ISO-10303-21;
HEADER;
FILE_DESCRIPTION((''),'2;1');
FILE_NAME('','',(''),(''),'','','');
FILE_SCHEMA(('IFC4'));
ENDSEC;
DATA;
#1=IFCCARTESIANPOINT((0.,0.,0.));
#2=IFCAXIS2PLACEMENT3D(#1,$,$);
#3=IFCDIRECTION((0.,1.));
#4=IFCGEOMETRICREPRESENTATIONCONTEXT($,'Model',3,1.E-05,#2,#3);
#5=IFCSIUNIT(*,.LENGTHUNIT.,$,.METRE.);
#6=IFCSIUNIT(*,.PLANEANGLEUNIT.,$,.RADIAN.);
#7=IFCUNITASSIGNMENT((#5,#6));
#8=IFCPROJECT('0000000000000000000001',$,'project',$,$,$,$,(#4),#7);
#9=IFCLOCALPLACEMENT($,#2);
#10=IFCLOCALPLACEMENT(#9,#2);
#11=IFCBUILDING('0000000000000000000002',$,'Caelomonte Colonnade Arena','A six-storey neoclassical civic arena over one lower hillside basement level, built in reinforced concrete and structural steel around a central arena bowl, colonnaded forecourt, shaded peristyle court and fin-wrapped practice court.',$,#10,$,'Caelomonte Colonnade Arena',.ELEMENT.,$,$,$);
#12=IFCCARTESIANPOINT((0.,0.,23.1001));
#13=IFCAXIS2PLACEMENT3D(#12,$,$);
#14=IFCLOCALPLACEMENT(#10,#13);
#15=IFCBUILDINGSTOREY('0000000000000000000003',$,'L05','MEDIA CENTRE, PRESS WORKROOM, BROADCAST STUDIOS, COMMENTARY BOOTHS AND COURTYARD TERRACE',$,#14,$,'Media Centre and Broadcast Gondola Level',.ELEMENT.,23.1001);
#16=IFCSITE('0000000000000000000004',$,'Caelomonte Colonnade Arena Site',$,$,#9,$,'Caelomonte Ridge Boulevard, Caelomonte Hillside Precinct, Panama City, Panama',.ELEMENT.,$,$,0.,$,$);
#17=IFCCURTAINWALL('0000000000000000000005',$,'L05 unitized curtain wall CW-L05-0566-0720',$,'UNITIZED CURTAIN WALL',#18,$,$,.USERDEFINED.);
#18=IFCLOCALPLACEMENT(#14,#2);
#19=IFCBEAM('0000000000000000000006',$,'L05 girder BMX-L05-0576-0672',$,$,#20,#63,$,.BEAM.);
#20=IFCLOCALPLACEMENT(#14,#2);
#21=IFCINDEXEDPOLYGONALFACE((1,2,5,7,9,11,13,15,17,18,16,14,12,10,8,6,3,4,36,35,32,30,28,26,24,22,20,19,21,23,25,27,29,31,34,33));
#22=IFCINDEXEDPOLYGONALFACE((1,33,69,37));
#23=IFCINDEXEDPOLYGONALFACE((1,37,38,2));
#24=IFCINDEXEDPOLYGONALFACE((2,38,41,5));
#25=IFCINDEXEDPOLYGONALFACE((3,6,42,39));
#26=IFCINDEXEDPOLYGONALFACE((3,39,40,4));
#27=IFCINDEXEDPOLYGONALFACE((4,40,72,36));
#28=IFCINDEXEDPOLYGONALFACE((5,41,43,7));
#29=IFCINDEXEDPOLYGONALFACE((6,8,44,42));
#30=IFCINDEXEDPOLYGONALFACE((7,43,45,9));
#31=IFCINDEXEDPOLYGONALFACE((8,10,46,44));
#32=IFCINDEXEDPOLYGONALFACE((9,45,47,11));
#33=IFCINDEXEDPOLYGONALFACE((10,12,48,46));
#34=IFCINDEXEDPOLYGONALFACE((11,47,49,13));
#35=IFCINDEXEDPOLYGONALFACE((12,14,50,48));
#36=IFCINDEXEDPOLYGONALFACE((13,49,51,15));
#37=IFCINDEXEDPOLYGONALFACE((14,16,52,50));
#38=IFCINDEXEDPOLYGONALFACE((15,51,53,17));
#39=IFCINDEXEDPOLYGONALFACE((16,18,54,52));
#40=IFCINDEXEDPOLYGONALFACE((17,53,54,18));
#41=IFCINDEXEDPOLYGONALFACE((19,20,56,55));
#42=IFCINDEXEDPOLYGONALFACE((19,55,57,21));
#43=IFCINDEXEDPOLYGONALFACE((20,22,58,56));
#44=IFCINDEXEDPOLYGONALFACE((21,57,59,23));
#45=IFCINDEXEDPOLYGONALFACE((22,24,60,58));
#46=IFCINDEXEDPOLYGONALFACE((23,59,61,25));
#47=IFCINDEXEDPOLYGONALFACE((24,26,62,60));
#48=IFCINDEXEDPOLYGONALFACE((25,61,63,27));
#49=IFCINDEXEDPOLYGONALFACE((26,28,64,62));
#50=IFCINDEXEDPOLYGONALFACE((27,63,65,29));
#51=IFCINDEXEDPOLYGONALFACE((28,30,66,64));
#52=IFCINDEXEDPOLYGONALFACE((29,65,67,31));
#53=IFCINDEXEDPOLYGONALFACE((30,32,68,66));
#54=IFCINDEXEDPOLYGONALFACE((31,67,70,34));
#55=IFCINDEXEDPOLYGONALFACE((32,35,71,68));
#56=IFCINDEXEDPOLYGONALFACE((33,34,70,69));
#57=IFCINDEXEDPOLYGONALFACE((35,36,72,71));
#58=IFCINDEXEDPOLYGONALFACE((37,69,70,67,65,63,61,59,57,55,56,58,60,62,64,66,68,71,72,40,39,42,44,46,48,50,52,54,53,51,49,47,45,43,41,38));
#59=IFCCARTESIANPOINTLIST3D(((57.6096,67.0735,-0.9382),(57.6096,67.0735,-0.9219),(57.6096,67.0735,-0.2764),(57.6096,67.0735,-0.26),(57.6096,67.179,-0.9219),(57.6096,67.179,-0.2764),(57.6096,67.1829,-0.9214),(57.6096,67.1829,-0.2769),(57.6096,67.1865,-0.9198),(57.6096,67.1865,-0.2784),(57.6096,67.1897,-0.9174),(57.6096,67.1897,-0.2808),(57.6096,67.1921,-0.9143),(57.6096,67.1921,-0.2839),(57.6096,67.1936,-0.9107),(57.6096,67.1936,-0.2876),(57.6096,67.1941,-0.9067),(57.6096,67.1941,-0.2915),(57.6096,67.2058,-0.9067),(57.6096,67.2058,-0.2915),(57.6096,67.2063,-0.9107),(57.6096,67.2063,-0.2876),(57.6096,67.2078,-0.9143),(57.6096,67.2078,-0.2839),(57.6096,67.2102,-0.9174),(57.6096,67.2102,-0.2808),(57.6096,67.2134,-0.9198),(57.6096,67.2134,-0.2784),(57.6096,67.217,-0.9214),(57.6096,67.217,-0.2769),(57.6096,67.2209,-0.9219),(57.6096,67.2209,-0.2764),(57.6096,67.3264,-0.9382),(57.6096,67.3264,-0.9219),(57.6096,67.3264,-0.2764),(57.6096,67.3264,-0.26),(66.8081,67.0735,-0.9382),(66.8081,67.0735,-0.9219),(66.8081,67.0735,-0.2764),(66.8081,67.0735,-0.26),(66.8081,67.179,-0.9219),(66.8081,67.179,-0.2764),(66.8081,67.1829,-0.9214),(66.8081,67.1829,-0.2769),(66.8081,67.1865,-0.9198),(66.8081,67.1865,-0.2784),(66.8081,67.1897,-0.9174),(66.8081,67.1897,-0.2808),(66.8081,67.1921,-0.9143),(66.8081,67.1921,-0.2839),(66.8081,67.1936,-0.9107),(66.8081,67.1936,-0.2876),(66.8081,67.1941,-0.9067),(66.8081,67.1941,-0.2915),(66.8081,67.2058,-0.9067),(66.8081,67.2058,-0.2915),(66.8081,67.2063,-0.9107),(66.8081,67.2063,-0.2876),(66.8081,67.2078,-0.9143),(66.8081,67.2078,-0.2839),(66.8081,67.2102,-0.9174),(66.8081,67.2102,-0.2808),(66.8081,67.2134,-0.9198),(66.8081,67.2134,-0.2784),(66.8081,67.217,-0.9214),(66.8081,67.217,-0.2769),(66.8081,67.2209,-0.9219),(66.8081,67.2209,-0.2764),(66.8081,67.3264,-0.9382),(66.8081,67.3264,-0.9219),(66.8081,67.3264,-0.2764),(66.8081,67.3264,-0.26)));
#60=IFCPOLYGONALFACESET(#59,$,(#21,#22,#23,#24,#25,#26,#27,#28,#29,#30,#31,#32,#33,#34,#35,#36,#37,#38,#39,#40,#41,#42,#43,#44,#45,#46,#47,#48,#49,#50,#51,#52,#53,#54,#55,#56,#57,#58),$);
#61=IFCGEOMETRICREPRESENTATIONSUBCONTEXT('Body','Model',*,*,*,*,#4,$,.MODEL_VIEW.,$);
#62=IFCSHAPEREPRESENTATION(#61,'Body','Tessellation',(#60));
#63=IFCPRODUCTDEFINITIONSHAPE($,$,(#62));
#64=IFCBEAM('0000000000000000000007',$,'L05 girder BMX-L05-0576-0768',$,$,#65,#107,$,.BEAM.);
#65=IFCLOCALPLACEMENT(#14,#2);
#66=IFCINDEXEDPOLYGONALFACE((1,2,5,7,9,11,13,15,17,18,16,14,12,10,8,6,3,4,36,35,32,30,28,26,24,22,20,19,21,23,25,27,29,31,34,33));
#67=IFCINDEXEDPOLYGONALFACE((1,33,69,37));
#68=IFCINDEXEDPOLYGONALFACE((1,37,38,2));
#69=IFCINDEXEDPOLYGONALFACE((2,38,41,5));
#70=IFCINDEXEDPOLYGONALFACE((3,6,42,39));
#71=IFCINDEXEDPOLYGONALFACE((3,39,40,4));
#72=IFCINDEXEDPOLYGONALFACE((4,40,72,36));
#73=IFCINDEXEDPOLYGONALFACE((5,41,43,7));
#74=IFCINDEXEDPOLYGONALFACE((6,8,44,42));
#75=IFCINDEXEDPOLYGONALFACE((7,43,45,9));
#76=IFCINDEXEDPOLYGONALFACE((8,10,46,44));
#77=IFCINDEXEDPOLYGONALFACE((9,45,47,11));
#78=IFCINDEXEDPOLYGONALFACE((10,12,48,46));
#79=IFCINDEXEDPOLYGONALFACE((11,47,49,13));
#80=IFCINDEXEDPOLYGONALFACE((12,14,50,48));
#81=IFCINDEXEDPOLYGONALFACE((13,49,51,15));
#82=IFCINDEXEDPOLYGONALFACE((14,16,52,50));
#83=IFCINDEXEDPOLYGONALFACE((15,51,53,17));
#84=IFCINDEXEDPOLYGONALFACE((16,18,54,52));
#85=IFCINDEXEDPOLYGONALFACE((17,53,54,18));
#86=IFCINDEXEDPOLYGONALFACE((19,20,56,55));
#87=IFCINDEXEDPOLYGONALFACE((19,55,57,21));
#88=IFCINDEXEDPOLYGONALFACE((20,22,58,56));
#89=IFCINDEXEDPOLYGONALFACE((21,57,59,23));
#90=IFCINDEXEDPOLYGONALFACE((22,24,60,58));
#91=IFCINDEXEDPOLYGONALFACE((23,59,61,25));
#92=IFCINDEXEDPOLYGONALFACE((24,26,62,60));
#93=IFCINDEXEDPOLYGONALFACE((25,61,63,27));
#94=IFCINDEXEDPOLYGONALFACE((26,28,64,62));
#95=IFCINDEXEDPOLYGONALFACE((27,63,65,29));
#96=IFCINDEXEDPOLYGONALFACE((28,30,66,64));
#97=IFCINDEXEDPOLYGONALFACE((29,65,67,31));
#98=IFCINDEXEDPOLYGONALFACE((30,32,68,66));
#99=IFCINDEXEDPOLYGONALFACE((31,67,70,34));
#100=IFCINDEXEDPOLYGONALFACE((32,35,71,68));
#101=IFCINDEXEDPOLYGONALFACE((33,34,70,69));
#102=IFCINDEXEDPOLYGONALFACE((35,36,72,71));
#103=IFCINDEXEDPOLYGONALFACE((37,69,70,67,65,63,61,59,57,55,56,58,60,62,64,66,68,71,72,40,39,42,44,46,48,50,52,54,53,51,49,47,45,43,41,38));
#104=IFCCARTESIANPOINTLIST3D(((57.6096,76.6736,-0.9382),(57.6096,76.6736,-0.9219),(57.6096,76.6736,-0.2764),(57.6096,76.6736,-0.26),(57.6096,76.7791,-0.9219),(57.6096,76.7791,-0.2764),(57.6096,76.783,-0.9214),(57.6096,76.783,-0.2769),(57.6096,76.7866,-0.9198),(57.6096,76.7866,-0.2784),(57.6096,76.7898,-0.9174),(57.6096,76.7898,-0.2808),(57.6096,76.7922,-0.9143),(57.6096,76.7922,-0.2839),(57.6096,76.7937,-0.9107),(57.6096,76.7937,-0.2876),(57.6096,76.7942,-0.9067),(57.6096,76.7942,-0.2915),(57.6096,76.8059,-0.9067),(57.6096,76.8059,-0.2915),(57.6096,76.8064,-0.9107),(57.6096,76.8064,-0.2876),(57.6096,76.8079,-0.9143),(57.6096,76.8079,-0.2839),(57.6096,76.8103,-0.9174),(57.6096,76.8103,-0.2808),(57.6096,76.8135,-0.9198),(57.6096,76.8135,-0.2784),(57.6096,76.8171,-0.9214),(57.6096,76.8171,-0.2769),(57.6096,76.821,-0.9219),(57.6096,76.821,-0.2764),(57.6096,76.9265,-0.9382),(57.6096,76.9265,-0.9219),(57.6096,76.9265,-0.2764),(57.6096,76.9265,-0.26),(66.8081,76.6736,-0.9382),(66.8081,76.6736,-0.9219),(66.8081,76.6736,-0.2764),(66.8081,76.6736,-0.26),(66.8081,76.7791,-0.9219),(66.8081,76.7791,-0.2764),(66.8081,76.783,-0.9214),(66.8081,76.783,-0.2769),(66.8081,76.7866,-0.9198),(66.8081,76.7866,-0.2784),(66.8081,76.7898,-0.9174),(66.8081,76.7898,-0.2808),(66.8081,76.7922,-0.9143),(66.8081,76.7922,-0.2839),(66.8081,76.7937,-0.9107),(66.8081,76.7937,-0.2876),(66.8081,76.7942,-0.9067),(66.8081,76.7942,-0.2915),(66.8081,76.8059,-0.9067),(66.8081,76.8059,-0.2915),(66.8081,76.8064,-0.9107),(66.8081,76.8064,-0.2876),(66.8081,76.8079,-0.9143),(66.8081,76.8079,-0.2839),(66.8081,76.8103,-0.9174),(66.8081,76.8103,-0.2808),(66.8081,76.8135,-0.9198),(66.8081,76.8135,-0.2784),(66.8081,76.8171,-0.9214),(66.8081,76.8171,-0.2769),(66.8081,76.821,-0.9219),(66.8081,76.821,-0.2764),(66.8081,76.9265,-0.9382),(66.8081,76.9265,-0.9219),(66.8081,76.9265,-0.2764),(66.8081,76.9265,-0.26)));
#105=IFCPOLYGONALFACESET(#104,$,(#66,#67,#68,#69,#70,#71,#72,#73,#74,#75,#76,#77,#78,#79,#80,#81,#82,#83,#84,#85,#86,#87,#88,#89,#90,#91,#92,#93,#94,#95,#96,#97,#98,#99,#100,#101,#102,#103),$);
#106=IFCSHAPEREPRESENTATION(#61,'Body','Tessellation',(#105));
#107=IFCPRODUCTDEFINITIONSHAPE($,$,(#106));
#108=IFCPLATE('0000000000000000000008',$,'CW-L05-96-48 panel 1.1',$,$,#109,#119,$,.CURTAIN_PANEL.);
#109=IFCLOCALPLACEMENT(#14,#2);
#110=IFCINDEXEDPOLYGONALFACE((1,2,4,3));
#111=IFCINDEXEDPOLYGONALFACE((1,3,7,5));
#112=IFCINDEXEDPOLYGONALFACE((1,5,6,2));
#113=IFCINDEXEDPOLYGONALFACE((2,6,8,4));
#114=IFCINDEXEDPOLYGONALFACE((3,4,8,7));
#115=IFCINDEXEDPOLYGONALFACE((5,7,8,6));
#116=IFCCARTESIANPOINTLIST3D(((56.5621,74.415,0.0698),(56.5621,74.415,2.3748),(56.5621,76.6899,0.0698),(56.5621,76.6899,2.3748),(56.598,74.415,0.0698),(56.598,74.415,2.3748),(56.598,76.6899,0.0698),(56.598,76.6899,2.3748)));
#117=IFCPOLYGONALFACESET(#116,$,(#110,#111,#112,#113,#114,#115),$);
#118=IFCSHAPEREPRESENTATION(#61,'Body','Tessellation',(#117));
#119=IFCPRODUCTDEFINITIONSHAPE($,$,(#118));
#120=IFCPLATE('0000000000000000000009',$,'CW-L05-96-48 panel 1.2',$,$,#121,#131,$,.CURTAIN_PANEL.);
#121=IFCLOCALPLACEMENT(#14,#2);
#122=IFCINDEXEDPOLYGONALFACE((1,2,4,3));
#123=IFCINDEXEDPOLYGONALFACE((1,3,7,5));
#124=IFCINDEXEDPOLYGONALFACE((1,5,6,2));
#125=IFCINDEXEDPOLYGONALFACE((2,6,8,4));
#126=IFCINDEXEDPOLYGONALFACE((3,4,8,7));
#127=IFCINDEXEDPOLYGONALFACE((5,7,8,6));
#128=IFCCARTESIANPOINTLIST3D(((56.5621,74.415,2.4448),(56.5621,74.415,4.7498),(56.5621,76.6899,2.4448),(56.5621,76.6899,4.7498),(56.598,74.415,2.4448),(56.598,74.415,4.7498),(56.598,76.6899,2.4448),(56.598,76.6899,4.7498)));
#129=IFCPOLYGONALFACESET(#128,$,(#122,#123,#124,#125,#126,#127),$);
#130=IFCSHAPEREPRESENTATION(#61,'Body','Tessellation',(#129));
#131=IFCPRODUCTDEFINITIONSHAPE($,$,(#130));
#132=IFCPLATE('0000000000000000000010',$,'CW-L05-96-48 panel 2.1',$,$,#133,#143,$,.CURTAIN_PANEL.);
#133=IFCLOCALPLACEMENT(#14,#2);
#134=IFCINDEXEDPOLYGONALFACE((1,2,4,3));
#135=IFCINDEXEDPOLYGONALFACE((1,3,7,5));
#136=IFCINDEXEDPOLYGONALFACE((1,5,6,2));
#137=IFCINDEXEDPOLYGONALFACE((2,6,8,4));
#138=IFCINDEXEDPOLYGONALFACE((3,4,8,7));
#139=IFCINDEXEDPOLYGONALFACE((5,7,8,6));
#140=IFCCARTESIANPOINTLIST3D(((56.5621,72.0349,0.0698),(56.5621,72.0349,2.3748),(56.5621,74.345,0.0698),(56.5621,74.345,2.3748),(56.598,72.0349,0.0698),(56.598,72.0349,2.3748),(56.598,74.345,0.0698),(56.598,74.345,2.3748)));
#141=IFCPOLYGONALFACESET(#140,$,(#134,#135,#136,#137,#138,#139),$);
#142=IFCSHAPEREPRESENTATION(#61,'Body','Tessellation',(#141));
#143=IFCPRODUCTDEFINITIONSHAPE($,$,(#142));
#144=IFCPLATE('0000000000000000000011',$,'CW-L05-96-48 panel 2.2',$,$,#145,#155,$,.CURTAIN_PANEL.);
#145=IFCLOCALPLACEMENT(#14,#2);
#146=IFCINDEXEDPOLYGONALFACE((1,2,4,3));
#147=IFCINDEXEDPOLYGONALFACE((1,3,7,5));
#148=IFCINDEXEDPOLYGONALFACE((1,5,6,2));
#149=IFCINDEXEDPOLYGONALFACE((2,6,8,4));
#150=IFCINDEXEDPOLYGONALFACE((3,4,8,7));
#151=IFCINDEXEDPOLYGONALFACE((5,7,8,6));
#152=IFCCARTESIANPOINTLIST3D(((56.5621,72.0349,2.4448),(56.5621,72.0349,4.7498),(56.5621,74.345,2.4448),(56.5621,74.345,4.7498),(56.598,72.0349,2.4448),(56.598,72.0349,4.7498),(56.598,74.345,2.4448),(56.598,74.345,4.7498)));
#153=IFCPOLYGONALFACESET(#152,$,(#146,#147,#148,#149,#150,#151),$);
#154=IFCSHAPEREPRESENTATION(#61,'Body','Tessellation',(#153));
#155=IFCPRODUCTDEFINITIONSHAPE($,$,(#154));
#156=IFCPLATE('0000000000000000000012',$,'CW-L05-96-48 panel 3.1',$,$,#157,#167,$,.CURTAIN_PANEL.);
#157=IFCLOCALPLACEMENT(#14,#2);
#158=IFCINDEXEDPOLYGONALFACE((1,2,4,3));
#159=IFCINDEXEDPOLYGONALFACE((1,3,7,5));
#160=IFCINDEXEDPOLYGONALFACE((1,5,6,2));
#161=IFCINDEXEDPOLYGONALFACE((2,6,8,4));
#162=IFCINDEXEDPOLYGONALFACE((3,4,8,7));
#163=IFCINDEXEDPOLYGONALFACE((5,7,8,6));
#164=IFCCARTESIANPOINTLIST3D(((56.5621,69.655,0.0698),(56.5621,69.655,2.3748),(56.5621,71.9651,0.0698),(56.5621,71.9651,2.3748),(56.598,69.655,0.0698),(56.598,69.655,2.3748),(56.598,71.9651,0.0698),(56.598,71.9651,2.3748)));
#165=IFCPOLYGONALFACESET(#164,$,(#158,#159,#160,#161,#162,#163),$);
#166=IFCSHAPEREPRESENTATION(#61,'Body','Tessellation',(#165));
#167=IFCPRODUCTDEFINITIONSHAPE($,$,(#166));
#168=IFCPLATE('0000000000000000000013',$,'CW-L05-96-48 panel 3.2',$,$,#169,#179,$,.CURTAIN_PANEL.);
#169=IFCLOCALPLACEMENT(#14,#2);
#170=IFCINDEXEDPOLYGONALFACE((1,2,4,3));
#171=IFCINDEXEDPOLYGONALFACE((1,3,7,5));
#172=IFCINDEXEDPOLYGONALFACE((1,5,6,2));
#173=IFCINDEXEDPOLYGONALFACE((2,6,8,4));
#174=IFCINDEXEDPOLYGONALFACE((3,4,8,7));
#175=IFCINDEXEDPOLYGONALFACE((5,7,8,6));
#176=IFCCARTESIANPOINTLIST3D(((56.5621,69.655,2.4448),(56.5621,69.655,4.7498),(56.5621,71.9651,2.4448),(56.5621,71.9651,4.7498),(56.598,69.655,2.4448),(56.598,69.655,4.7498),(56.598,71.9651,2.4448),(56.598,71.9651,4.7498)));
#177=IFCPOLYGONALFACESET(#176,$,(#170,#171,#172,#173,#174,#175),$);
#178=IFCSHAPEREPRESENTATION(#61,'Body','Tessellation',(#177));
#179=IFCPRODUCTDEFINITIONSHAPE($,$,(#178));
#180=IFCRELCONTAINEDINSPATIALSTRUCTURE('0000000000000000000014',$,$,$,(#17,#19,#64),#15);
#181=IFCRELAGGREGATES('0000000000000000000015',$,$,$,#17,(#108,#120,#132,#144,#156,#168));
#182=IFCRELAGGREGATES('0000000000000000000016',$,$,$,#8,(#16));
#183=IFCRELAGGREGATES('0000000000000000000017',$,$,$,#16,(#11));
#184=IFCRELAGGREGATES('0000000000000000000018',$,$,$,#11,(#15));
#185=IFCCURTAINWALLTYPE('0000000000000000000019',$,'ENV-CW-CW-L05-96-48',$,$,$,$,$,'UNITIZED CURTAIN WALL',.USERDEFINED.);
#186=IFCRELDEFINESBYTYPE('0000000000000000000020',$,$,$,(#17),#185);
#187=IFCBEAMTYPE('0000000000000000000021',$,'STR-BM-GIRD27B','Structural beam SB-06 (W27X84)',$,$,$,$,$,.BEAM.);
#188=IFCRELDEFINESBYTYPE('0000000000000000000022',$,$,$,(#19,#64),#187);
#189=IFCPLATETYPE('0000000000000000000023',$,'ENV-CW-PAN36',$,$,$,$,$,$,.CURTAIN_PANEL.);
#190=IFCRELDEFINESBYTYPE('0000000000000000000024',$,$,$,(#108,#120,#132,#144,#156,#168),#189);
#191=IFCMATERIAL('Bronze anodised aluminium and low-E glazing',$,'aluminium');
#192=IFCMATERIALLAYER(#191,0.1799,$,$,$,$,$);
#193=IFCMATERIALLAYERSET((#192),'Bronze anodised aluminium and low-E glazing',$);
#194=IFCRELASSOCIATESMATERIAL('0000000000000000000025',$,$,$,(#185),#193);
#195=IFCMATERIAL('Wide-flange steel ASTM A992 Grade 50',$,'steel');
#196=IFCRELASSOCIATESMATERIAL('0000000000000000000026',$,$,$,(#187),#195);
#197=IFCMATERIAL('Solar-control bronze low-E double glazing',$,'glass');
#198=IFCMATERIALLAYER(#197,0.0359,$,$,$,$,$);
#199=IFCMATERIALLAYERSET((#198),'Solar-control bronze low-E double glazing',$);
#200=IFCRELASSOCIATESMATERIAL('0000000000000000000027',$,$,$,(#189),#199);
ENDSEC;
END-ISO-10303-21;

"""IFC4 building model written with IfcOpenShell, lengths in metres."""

from ifc_helpers import new_model, si_unit, direction, frame, origin, origin_2d, place, context, subcontext, project, spatial, rectangle, i_section, extrude, material, layer, layer_set, material_profile, profile_set, type_object, element, aggregate, save


model = new_model("IFC4")

# Units and contexts
model_context = context("Model", 3, precision=1e-05, world=origin(), true_north=direction((0.0, 1.0)))
body_context = subcontext(model_context, "Body", "Model", "MODEL_VIEW")
ifc_project = project(units=[si_unit("LENGTHUNIT", "METRE"), si_unit("PLANEANGLEUNIT", "RADIAN")], contexts=[model_context])

# Site, building, storey
site_placement = place(None, origin())
site = spatial("IfcSite", under=ifc_project, at=site_placement, Name="Caelomonte Colonnade Arena Site", LongName="Caelomonte Ridge Boulevard, Caelomonte Hillside Precinct, Panama City, Panama", CompositionType="ELEMENT", RefElevation=0.0)
building_placement = place(site_placement, origin())
building = spatial("IfcBuilding", under=site, at=building_placement, Name="Caelomonte Colonnade Arena", Description="A six-storey neoclassical civic arena over one lower hillside basement level, built in reinforced concrete and structural steel around a central arena bowl, colonnaded forecourt, shaded peristyle court and fin-wrapped practice court.", LongName="Caelomonte Colonnade Arena", CompositionType="ELEMENT")
storey_placement = place(building_placement, frame((0.0, 0.0, 23.1001)))
storey = spatial("IfcBuildingStorey", under=building, at=storey_placement, Name="L05", Description="MEDIA CENTRE, PRESS WORKROOM, BROADCAST STUDIOS, COMMENTARY BOOTHS AND COURTYARD TERRACE", LongName="Media Centre and Broadcast Gondola Level", CompositionType="ELEMENT", Elevation=23.1001)

# Shared definitions
ifc_material_1 = material(Name="Wide-flange steel ASTM A992 Grade 50", Category="steel")

# Shared definitions
ifc_material_2 = material(Name="Bronze anodised aluminium and low-E glazing", Category="aluminium")
ifc_layer_1 = layer(ifc_material_2, 0.1799)
ifc_layer_set_1 = layer_set([ifc_layer_1], Name="Bronze anodised aluminium and low-E glazing")
curtain_wall_type = type_object("IfcCurtainWallType", Name="ENV-CW-CW-L05-96-48", ElementType="UNITIZED CURTAIN WALL", PredefinedType="USERDEFINED", material=ifc_layer_set_1)

# Curtain wall
curtain_wall_1_placement = place(storey_placement, origin())
curtain_wall_1 = element("IfcCurtainWall", 1, at=curtain_wall_1_placement, inside=storey, type_object=curtain_wall_type, Name="L05 unitized curtain wall CW-L05-0566-0720", ObjectType="UNITIZED CURTAIN WALL", PredefinedType="USERDEFINED")

# Beams
ifc_material_profile_1 = material_profile(ifc_material_1, i_section(OverallWidth=0.2529, OverallDepth=0.6782, WebThickness=0.0117, FlangeThickness=0.0164, FilletRadius=0.0151, at=origin_2d()), Name="W27X84")
ifc_profile_set_1 = profile_set([ifc_material_profile_1], Name="Wide-flange steel ASTM A992 Grade 50")
beam_type_1 = type_object("IfcBeamType", Name="STR-BM-GIRD27B", Description="Structural beam SB-06 (W27X84)", PredefinedType="BEAM", material=ifc_profile_set_1)
for number, where, z_axis, x_axis, name in (
    (2, (57.6096, 67.2, -0.5991), (1.0, 0.0, 0.0), (0.0, 1.0, 0.0), "L05 girder BMX-L05-0576-0672"),
    (3, (57.6096, 76.8, -0.5991), (1.0, 0.0, 0.0), (0.0, 1.0, 0.0), "L05 girder BMX-L05-0576-0768"),
):
    element("IfcBeam", number, at=place(storey_placement, frame(where, z_axis=z_axis, x_axis=x_axis)), inside=storey, type_object=beam_type_1, Name=name, PredefinedType="BEAM", context=body_context, shape_type="SweptSolid", body=[
        extrude(i_section(OverallWidth=0.2529, OverallDepth=0.6782, WebThickness=0.0117, FlangeThickness=0.0164, FilletRadius=0.0151, at=origin_2d()), origin(), (0.0, 0.0, 1.0), 9.1985),
    ])

# Plates
ifc_material_3 = material(Name="Solar-control bronze low-E double glazing", Category="glass")
ifc_layer_2 = layer(ifc_material_3, 0.0359)
ifc_layer_set_2 = layer_set([ifc_layer_2], Name="Solar-control bronze low-E double glazing")
plate_type = type_object("IfcPlateType", Name="ENV-CW-PAN36", PredefinedType="CURTAIN_PANEL", material=ifc_layer_set_2)
plate_1_placement = place(storey_placement, frame((56.5801, 75.5525, 0.0698), z_axis=(0.0, 0.0, 1.0), x_axis=(0.0, -1.0, 0.0)))
plate_1 = element("IfcPlate", 4, at=plate_1_placement, type_object=plate_type, Name="CW-L05-96-48 panel 1.1", PredefinedType="CURTAIN_PANEL", context=body_context, shape_type="SweptSolid", body=[
    extrude(rectangle(XDim=2.2749, YDim=0.0359, at=origin_2d()), origin(), (0.0, 0.0, 1.0), 2.3049),
])
plate_2_placement = place(storey_placement, frame((56.5801, 75.5525, 2.4448), z_axis=(0.0, 0.0, 1.0), x_axis=(0.0, -1.0, 0.0)))
plate_2 = element("IfcPlate", 5, at=plate_2_placement, type_object=plate_type, Name="CW-L05-96-48 panel 1.2", PredefinedType="CURTAIN_PANEL", context=body_context, shape_type="SweptSolid", body=[
    extrude(rectangle(XDim=2.2749, YDim=0.0359, at=origin_2d()), origin(), (0.0, 0.0, 1.0), 2.3049),
])
plate_3_placement = place(storey_placement, frame((56.5801, 73.1899, 0.0698), z_axis=(0.0, 0.0, 1.0), x_axis=(0.0, -1.0, 0.0)))
plate_3 = element("IfcPlate", 6, at=plate_3_placement, type_object=plate_type, Name="CW-L05-96-48 panel 2.1", PredefinedType="CURTAIN_PANEL", context=body_context, shape_type="SweptSolid", body=[
    extrude(rectangle(XDim=2.3101, YDim=0.0359, at=origin_2d()), origin(), (0.0, 0.0, 1.0), 2.3049),
])
plate_4_placement = place(storey_placement, frame((56.5801, 73.1899, 2.4448), z_axis=(0.0, 0.0, 1.0), x_axis=(0.0, -1.0, 0.0)))
plate_4 = element("IfcPlate", 7, at=plate_4_placement, type_object=plate_type, Name="CW-L05-96-48 panel 2.2", PredefinedType="CURTAIN_PANEL", context=body_context, shape_type="SweptSolid", body=[
    extrude(rectangle(XDim=2.3101, YDim=0.0359, at=origin_2d()), origin(), (0.0, 0.0, 1.0), 2.3049),
])
plate_5_placement = place(storey_placement, frame((56.5801, 70.8101, 0.0698), z_axis=(0.0, 0.0, 1.0), x_axis=(0.0, -1.0, 0.0)))
plate_5 = element("IfcPlate", 8, at=plate_5_placement, type_object=plate_type, Name="CW-L05-96-48 panel 3.1", PredefinedType="CURTAIN_PANEL", context=body_context, shape_type="SweptSolid", body=[
    extrude(rectangle(XDim=2.3101, YDim=0.0359, at=origin_2d()), origin(), (0.0, 0.0, 1.0), 2.3049),
])
plate_6_placement = place(storey_placement, frame((56.5801, 70.8101, 2.4448), z_axis=(0.0, 0.0, 1.0), x_axis=(0.0, -1.0, 0.0)))
plate_6 = element("IfcPlate", 9, at=plate_6_placement, type_object=plate_type, Name="CW-L05-96-48 panel 3.2", PredefinedType="CURTAIN_PANEL", context=body_context, shape_type="SweptSolid", body=[
    extrude(rectangle(XDim=2.3101, YDim=0.0359, at=origin_2d()), origin(), (0.0, 0.0, 1.0), 2.3049),
])
aggregate(curtain_wall_1, [plate_1, plate_2, plate_3, plate_4, plate_5, plate_6])

save(model, "model.ifc")
